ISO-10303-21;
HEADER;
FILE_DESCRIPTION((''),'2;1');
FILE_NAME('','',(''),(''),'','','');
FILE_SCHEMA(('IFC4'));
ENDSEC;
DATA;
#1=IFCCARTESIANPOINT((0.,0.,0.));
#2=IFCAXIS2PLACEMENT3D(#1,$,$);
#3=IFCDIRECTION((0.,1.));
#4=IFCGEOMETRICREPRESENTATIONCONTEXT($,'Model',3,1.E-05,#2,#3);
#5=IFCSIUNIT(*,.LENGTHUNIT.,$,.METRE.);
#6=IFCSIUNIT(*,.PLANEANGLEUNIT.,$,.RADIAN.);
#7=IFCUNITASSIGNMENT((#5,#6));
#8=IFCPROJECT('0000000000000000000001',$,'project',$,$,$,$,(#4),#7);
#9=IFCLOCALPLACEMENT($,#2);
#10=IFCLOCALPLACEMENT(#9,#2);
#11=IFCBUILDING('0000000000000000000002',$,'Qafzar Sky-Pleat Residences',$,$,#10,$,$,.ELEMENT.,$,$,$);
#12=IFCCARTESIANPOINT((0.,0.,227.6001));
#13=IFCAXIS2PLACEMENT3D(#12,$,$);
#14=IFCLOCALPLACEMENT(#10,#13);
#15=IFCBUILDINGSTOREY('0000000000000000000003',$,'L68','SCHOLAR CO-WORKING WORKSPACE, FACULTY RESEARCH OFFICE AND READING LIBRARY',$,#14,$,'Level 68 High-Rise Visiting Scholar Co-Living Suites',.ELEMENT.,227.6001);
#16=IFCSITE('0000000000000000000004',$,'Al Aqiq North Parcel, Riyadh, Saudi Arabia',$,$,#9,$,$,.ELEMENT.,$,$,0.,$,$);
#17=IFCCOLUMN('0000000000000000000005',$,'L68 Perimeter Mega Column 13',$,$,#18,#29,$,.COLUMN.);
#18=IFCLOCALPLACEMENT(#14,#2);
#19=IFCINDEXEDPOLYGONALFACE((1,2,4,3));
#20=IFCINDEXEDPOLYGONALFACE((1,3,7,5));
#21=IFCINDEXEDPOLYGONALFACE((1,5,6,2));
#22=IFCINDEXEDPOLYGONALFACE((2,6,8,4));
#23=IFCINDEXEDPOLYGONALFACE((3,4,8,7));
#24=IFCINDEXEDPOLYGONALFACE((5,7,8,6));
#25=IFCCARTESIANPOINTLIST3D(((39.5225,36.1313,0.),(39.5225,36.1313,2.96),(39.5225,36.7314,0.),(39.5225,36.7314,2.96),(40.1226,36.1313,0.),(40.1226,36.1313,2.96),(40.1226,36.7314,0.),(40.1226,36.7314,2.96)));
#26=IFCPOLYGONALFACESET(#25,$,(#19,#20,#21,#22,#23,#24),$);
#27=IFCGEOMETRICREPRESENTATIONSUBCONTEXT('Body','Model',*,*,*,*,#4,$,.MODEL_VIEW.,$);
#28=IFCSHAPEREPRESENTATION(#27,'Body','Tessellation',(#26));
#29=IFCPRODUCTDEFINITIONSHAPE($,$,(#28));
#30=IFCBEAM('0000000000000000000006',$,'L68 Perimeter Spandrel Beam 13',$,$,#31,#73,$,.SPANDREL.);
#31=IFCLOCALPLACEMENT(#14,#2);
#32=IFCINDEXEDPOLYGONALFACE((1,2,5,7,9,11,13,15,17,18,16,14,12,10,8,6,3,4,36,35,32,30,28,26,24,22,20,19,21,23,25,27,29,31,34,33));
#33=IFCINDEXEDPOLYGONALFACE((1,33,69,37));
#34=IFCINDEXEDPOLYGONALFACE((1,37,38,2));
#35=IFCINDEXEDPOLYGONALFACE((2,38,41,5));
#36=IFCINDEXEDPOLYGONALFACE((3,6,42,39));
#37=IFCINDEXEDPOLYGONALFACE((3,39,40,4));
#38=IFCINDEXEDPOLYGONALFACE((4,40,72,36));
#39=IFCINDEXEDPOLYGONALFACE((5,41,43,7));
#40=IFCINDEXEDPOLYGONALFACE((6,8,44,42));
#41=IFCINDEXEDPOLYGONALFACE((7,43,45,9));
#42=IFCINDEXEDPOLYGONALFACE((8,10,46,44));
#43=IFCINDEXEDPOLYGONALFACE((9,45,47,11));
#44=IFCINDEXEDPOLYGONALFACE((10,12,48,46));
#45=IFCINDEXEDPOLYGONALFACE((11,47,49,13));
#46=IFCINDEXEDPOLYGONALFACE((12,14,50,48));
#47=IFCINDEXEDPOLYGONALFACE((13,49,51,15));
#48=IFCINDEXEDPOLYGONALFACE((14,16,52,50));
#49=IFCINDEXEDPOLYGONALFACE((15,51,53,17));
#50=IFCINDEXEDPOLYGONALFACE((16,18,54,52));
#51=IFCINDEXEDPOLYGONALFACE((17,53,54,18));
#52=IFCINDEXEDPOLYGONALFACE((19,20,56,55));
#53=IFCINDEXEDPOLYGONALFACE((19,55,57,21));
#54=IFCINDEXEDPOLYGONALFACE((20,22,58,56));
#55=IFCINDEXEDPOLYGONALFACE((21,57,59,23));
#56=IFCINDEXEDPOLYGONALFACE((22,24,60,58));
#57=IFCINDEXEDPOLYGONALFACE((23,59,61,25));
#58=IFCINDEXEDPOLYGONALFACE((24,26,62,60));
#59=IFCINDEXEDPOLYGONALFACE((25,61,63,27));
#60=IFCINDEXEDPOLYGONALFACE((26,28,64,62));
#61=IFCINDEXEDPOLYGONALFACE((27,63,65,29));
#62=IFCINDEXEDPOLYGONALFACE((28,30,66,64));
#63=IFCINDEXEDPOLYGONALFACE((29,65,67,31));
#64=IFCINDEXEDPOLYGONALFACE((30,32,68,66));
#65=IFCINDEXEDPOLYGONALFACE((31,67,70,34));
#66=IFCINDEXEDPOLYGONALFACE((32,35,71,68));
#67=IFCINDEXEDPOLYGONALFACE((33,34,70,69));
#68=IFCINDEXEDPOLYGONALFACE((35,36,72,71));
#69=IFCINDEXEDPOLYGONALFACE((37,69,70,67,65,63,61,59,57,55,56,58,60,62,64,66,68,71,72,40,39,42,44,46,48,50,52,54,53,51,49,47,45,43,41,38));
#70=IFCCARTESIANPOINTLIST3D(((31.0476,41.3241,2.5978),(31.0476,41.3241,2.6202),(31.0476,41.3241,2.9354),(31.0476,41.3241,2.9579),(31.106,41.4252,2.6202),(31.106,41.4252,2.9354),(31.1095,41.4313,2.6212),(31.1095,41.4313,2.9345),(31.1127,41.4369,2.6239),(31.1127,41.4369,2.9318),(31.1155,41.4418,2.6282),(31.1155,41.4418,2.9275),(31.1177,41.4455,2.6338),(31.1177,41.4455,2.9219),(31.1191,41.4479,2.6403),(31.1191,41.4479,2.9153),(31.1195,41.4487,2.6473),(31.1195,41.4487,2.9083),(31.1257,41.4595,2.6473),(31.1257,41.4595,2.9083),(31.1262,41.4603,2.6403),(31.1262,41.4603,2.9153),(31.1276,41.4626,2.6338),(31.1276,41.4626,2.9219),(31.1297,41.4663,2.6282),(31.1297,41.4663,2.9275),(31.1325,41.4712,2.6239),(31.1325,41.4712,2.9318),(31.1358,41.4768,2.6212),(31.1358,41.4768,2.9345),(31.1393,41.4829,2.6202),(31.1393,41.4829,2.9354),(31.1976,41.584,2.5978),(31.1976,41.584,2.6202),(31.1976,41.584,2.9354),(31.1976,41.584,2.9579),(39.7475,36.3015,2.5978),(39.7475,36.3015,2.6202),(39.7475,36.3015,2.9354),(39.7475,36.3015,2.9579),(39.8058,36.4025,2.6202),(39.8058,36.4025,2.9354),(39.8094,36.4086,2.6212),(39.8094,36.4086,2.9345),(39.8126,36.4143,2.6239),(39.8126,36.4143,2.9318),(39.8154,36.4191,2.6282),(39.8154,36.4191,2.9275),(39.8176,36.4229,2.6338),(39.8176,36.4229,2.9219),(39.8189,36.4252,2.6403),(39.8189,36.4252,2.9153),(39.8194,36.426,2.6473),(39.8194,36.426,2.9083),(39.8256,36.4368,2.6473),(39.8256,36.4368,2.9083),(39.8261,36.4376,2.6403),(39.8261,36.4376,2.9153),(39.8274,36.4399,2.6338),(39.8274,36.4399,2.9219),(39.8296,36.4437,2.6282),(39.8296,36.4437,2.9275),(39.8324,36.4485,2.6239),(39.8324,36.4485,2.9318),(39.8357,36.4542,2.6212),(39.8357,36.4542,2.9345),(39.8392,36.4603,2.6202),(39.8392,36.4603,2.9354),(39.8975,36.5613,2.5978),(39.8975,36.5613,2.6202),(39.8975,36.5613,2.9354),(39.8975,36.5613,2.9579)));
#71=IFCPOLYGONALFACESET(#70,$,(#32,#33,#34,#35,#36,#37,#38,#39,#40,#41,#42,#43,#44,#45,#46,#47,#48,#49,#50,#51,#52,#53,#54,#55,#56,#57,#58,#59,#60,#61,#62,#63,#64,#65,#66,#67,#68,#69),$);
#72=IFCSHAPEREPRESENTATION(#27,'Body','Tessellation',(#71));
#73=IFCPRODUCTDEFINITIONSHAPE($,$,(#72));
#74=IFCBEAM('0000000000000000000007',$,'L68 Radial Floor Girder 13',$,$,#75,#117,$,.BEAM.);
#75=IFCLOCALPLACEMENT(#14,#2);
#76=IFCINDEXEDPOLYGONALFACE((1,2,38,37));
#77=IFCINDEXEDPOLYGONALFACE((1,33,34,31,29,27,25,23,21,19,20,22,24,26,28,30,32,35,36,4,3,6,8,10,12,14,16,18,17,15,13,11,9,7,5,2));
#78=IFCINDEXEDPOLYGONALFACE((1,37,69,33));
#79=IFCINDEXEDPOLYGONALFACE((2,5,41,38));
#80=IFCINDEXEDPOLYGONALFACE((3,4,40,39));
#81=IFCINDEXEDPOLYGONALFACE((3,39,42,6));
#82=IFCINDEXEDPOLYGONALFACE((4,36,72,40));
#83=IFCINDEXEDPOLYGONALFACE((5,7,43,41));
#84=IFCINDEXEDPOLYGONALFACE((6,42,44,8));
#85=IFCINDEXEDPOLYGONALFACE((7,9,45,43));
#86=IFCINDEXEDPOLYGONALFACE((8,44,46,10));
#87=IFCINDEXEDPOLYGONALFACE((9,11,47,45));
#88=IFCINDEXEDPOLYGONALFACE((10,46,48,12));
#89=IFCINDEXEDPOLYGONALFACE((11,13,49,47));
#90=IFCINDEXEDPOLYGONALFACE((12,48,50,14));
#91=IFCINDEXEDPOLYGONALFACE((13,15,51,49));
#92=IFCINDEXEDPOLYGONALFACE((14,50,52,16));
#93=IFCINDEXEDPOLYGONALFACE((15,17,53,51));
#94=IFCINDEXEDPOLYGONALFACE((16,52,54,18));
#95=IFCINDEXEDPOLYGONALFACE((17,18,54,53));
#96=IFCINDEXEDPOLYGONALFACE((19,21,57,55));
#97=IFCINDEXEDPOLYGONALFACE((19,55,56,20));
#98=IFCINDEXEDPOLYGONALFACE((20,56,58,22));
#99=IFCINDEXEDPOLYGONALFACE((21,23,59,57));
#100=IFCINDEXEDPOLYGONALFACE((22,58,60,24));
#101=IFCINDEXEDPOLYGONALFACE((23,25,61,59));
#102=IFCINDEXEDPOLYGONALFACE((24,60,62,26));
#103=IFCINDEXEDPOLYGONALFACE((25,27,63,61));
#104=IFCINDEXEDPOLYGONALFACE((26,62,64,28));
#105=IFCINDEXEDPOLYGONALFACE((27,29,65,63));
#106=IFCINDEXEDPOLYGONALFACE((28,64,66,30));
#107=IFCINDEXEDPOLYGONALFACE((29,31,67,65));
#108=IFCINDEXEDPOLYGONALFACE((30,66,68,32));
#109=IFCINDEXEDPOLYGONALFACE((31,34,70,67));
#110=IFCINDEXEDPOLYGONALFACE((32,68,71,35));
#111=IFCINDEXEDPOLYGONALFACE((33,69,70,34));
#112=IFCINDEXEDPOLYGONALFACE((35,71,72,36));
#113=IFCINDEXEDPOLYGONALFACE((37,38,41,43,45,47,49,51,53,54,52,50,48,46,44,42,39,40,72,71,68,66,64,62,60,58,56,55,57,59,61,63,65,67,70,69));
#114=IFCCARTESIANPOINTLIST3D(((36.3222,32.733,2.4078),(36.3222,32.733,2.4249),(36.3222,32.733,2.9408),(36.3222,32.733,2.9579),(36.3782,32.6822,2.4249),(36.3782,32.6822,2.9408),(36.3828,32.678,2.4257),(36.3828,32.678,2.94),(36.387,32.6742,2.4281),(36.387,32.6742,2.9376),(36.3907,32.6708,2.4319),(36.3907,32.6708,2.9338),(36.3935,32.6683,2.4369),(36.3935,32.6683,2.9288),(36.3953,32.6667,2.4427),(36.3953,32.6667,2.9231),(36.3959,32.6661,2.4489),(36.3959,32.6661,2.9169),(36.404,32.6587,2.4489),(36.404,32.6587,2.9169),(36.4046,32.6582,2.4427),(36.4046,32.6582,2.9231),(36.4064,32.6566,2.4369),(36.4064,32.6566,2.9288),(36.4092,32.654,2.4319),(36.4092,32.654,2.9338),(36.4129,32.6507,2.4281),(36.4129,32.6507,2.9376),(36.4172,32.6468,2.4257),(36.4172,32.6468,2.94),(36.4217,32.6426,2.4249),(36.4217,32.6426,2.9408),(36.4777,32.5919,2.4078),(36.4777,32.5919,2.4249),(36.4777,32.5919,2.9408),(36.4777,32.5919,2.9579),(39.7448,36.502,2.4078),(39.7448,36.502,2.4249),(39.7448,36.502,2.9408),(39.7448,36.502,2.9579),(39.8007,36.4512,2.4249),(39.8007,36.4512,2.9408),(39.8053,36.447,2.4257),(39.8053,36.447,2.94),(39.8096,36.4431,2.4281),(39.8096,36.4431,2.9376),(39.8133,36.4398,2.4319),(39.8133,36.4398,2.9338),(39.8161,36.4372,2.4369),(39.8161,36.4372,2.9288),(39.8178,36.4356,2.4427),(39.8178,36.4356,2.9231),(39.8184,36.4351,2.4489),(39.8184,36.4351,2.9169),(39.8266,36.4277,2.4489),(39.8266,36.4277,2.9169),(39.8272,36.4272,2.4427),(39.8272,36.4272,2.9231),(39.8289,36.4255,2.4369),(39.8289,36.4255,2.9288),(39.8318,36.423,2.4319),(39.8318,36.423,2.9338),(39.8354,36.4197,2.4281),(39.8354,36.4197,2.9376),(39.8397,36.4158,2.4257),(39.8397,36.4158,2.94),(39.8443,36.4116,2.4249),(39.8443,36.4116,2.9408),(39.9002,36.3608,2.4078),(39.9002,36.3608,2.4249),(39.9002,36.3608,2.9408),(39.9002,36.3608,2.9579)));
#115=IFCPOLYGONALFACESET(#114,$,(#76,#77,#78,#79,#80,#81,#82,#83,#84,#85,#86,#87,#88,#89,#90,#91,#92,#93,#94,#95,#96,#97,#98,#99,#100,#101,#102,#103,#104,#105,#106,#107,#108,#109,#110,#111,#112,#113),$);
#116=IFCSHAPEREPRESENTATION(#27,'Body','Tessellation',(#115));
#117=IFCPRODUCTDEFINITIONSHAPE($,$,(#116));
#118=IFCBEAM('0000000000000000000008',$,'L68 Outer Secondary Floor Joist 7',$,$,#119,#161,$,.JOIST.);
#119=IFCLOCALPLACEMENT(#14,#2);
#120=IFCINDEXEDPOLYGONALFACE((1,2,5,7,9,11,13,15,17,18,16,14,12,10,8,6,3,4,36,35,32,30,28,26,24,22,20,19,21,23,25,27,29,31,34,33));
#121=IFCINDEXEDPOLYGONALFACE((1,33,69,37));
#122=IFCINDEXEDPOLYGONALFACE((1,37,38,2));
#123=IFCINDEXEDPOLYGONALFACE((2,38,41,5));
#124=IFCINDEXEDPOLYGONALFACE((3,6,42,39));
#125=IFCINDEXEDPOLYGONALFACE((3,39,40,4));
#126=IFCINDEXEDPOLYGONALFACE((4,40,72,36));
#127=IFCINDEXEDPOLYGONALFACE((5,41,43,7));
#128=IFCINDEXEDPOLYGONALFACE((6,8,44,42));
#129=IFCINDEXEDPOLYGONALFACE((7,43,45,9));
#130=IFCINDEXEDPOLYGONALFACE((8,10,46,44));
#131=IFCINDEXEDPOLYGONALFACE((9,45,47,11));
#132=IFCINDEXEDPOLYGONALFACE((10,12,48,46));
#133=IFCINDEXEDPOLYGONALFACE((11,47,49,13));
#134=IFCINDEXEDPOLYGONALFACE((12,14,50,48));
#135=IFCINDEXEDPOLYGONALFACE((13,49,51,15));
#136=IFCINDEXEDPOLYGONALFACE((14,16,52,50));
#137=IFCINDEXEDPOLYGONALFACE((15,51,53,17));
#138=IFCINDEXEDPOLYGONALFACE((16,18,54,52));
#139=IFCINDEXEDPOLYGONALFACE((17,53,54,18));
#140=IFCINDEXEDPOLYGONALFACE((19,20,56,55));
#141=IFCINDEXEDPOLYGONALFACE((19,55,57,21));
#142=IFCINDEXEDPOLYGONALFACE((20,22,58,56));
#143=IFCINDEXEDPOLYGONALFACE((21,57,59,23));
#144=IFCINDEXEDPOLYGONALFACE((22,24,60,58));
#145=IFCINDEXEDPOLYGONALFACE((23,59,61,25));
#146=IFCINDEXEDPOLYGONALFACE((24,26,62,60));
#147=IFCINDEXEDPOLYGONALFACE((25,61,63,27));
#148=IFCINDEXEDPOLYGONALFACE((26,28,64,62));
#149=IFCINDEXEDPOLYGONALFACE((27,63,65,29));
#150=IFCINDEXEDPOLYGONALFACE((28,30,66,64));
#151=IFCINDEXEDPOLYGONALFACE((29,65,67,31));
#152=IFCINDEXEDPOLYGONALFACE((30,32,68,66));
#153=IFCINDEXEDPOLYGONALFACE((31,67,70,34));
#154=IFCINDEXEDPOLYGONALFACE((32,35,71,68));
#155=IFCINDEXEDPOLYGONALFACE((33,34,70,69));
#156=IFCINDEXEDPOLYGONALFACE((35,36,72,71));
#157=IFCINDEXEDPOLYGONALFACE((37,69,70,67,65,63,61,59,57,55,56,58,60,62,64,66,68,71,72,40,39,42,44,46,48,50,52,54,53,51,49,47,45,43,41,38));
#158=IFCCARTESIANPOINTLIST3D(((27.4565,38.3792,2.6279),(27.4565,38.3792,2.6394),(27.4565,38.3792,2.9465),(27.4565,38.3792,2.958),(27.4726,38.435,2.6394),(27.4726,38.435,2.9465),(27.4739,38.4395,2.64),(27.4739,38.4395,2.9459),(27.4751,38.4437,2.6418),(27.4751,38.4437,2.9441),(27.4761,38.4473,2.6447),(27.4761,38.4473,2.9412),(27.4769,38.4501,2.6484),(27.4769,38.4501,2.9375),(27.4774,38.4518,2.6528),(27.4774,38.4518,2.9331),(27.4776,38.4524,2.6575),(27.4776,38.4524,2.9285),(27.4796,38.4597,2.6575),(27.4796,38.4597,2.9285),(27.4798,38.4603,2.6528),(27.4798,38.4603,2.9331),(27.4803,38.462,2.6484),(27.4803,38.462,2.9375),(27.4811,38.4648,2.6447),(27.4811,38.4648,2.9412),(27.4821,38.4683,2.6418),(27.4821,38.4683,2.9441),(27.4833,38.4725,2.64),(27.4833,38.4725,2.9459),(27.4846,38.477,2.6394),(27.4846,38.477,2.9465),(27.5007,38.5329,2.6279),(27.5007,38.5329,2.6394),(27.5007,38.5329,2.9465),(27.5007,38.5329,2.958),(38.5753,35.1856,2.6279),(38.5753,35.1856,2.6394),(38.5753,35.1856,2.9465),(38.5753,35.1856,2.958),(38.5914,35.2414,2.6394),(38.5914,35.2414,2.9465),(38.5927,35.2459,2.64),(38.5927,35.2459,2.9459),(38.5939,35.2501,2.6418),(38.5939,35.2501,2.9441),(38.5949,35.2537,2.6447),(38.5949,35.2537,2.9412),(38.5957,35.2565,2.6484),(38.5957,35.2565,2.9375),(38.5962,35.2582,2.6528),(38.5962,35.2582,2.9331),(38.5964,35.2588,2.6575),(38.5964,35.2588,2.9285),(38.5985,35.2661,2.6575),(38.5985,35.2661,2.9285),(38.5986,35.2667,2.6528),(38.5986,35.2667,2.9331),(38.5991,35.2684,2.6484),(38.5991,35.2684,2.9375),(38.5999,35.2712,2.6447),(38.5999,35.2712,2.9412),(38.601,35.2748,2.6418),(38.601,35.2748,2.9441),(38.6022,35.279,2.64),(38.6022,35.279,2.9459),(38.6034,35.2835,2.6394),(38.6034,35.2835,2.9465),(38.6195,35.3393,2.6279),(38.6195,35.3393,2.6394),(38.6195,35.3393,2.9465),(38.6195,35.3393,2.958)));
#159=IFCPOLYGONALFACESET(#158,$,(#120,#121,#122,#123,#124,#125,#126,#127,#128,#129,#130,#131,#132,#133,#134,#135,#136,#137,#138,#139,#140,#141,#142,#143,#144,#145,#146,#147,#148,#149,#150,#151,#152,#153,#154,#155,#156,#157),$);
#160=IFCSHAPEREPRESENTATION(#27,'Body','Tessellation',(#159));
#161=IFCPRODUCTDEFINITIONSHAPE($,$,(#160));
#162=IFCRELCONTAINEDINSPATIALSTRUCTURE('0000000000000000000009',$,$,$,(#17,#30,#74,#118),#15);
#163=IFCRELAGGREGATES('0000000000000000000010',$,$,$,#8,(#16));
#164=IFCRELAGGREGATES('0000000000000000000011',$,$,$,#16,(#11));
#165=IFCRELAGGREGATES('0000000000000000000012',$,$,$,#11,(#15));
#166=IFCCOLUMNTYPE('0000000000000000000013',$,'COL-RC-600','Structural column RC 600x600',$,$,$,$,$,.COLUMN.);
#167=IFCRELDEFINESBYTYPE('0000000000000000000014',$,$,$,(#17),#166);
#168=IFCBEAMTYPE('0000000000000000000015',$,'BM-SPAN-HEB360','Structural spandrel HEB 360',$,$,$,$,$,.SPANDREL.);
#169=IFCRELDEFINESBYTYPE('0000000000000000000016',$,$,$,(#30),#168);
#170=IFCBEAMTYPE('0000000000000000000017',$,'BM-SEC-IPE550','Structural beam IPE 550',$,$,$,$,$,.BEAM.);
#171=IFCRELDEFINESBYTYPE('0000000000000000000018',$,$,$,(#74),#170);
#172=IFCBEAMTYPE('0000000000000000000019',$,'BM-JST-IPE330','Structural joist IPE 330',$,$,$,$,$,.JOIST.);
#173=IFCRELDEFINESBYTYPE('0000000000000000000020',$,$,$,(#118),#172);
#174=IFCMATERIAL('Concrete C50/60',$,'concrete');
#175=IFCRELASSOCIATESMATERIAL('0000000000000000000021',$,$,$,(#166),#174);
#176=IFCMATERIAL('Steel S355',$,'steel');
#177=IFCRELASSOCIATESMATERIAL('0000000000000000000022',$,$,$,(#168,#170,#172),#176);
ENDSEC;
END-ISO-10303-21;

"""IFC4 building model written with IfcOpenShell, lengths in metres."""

from ifc_helpers import new_model, si_unit, direction, frame, origin, origin_2d, place, context, subcontext, project, spatial, rectangle, i_section, extrude, source, transform, mapped, material, material_profile, profile_set, type_object, element, save


model = new_model("IFC4")

# Units and contexts
model_context = context("Model", 3, precision=1e-05, world=origin(), true_north=direction((0.0, 1.0)))
body_context = subcontext(model_context, "Body", "Model", "MODEL_VIEW")
ifc_project = project(units=[si_unit("LENGTHUNIT", "METRE"), si_unit("PLANEANGLEUNIT", "RADIAN")], contexts=[model_context])

# Site, building, storey
site_placement = place(None, origin())
site = spatial("IfcSite", under=ifc_project, at=site_placement, Name="Al Aqiq North Parcel, Riyadh, Saudi Arabia", CompositionType="ELEMENT", RefElevation=0.0)
building_placement = place(site_placement, origin())
building = spatial("IfcBuilding", under=site, at=building_placement, Name="Qafzar Sky-Pleat Residences", CompositionType="ELEMENT")
storey_placement = place(building_placement, frame((0.0, 0.0, 227.6001)))
storey = spatial("IfcBuildingStorey", under=building, at=storey_placement, Name="L68", Description="SCHOLAR CO-WORKING WORKSPACE, FACULTY RESEARCH OFFICE AND READING LIBRARY", LongName="Level 68 High-Rise Visiting Scholar Co-Living Suites", CompositionType="ELEMENT", Elevation=227.6001)

# Column
ifc_material_1 = material(Name="Concrete C50/60", Category="concrete")
ifc_material_profile_1 = material_profile(ifc_material_1, rectangle(XDim=0.6001, YDim=0.6001, at=origin_2d()), Name="RC 600x600")
ifc_profile_set_1 = profile_set([ifc_material_profile_1], Name="Concrete C50/60")
column_type = type_object("IfcColumnType", Name="COL-RC-600", Description="Structural column RC 600x600", PredefinedType="COLUMN", material=ifc_profile_set_1)
shared_shape_1 = source(origin(), body_context, "Body", "SweptSolid", [
    extrude(rectangle(XDim=0.6001, YDim=0.6001, at=origin_2d()), origin(), (0.0, 0.0, 1.0), 2.96),
])
column_placement = place(storey_placement, frame((39.8225, 36.4314, 0.0), z_axis=(0.0, 0.0, 1.0), x_axis=(1.0, 0.0, 0.0)))
element("IfcColumn", 1, at=column_placement, inside=storey, type_object=column_type, Name="L68 Perimeter Mega Column 13", PredefinedType="COLUMN", context=body_context, shape_type="MappedRepresentation", body=[
    mapped(shared_shape_1, transform((0.0, 0.0, 0.0), x_axis=(1.0, 0.0, 0.0), y_axis=(0.0, 1.0, 0.0), z_axis=(0.0, 0.0, 1.0), scale=1.0)),
])

# Beams
ifc_material_2 = material(Name="Steel S355", Category="steel")
ifc_material_profile_2 = material_profile(ifc_material_2, i_section(OverallWidth=0.3, OverallDepth=0.3601, WebThickness=0.0125, FlangeThickness=0.0225, FilletRadius=0.0271, at=origin_2d()), Name="HEB 360")
ifc_profile_set_2 = profile_set([ifc_material_profile_2], Name="Steel S355")
beam_type_1 = type_object("IfcBeamType", Name="BM-SPAN-HEB360", Description="Structural spandrel HEB 360", PredefinedType="SPANDREL", material=ifc_profile_set_2)
shared_shape_2 = source(origin(), body_context, "Body", "SweptSolid", [
    extrude(i_section(OverallWidth=0.3, OverallDepth=0.3601, WebThickness=0.0125, FlangeThickness=0.0225, FilletRadius=0.0271, at=origin_2d()), origin(), (0.0, 0.0, 1.0), 10.0457),
])
beam_1_placement = place(storey_placement, frame((39.8225, 36.4314, 2.7778), z_axis=(-0.866035, 0.499984, 0.0), x_axis=(-0.499984, -0.866035, 0.0)))
element("IfcBeam", 2, at=beam_1_placement, inside=storey, type_object=beam_type_1, Name="L68 Perimeter Spandrel Beam 13", PredefinedType="SPANDREL", context=body_context, shape_type="MappedRepresentation", body=[
    mapped(shared_shape_2, transform((0.0, 0.0, 0.0), x_axis=(1.0, 0.0, 0.0), y_axis=(0.0, 1.0, 0.0), z_axis=(0.0, 0.0, 1.0), scale=1.0)),
])
ifc_material_profile_3 = material_profile(ifc_material_2, i_section(OverallWidth=0.21, OverallDepth=0.55, WebThickness=0.011, FlangeThickness=0.0171, FilletRadius=0.0239, at=origin_2d()), Name="IPE 550")
ifc_profile_set_3 = profile_set([ifc_material_profile_3], Name="Steel S355")
beam_type_2 = type_object("IfcBeamType", Name="BM-SEC-IPE550", Description="Structural beam IPE 550", PredefinedType="BEAM", material=ifc_profile_set_3)
shared_shape_3 = source(origin(), body_context, "Body", "SweptSolid", [
    extrude(i_section(OverallWidth=0.21, OverallDepth=0.55, WebThickness=0.011, FlangeThickness=0.0171, FilletRadius=0.0239, at=origin_2d()), origin(), (0.0, 0.0, 1.0), 5.0911),
])
beam_2_placement = place(storey_placement, frame((39.8225, 36.4314, 2.6829), z_axis=(-0.672265, -0.740311, 0.0), x_axis=(0.740311, -0.672265, 0.0)))
element("IfcBeam", 3, at=beam_2_placement, inside=storey, type_object=beam_type_2, Name="L68 Radial Floor Girder 13", PredefinedType="BEAM", context=body_context, shape_type="MappedRepresentation", body=[
    mapped(shared_shape_3, transform((0.0, 0.0, 0.0), x_axis=(1.0, 0.0, 0.0), y_axis=(0.0, 1.0, 0.0), z_axis=(0.0, 0.0, 1.0), scale=1.0)),
])
ifc_material_profile_4 = material_profile(ifc_material_2, i_section(OverallWidth=0.1599, OverallDepth=0.3301, WebThickness=0.0076, FlangeThickness=0.0115, FilletRadius=0.0181, at=origin_2d()), Name="IPE 330")
ifc_profile_set_4 = profile_set([ifc_material_profile_4], Name="Steel S355")
beam_type_3 = type_object("IfcBeamType", Name="BM-JST-IPE330", Description="Structural joist IPE 330", PredefinedType="JOIST", material=ifc_profile_set_4)
shared_shape_4 = source(origin(), body_context, "Body", "SweptSolid", [
    extrude(i_section(OverallWidth=0.1599, OverallDepth=0.3301, WebThickness=0.0076, FlangeThickness=0.0115, FilletRadius=0.0181, at=origin_2d()), origin(), (0.0, 0.0, 1.0), 11.5684),
])
beam_3_placement = place(storey_placement, frame((38.5974, 35.2625, 2.793), z_axis=(-0.96114, 0.276062, 0.0), x_axis=(-0.276062, -0.96114, 0.0)))
element("IfcBeam", 4, at=beam_3_placement, inside=storey, type_object=beam_type_3, Name="L68 Outer Secondary Floor Joist 7", PredefinedType="JOIST", context=body_context, shape_type="MappedRepresentation", body=[
    mapped(shared_shape_4, transform((0.0, 0.0, 0.0), x_axis=(1.0, 0.0, 0.0), y_axis=(0.0, 1.0, 0.0), z_axis=(0.0, 0.0, 1.0), scale=1.0)),
])

save(model, "model.ifc")
